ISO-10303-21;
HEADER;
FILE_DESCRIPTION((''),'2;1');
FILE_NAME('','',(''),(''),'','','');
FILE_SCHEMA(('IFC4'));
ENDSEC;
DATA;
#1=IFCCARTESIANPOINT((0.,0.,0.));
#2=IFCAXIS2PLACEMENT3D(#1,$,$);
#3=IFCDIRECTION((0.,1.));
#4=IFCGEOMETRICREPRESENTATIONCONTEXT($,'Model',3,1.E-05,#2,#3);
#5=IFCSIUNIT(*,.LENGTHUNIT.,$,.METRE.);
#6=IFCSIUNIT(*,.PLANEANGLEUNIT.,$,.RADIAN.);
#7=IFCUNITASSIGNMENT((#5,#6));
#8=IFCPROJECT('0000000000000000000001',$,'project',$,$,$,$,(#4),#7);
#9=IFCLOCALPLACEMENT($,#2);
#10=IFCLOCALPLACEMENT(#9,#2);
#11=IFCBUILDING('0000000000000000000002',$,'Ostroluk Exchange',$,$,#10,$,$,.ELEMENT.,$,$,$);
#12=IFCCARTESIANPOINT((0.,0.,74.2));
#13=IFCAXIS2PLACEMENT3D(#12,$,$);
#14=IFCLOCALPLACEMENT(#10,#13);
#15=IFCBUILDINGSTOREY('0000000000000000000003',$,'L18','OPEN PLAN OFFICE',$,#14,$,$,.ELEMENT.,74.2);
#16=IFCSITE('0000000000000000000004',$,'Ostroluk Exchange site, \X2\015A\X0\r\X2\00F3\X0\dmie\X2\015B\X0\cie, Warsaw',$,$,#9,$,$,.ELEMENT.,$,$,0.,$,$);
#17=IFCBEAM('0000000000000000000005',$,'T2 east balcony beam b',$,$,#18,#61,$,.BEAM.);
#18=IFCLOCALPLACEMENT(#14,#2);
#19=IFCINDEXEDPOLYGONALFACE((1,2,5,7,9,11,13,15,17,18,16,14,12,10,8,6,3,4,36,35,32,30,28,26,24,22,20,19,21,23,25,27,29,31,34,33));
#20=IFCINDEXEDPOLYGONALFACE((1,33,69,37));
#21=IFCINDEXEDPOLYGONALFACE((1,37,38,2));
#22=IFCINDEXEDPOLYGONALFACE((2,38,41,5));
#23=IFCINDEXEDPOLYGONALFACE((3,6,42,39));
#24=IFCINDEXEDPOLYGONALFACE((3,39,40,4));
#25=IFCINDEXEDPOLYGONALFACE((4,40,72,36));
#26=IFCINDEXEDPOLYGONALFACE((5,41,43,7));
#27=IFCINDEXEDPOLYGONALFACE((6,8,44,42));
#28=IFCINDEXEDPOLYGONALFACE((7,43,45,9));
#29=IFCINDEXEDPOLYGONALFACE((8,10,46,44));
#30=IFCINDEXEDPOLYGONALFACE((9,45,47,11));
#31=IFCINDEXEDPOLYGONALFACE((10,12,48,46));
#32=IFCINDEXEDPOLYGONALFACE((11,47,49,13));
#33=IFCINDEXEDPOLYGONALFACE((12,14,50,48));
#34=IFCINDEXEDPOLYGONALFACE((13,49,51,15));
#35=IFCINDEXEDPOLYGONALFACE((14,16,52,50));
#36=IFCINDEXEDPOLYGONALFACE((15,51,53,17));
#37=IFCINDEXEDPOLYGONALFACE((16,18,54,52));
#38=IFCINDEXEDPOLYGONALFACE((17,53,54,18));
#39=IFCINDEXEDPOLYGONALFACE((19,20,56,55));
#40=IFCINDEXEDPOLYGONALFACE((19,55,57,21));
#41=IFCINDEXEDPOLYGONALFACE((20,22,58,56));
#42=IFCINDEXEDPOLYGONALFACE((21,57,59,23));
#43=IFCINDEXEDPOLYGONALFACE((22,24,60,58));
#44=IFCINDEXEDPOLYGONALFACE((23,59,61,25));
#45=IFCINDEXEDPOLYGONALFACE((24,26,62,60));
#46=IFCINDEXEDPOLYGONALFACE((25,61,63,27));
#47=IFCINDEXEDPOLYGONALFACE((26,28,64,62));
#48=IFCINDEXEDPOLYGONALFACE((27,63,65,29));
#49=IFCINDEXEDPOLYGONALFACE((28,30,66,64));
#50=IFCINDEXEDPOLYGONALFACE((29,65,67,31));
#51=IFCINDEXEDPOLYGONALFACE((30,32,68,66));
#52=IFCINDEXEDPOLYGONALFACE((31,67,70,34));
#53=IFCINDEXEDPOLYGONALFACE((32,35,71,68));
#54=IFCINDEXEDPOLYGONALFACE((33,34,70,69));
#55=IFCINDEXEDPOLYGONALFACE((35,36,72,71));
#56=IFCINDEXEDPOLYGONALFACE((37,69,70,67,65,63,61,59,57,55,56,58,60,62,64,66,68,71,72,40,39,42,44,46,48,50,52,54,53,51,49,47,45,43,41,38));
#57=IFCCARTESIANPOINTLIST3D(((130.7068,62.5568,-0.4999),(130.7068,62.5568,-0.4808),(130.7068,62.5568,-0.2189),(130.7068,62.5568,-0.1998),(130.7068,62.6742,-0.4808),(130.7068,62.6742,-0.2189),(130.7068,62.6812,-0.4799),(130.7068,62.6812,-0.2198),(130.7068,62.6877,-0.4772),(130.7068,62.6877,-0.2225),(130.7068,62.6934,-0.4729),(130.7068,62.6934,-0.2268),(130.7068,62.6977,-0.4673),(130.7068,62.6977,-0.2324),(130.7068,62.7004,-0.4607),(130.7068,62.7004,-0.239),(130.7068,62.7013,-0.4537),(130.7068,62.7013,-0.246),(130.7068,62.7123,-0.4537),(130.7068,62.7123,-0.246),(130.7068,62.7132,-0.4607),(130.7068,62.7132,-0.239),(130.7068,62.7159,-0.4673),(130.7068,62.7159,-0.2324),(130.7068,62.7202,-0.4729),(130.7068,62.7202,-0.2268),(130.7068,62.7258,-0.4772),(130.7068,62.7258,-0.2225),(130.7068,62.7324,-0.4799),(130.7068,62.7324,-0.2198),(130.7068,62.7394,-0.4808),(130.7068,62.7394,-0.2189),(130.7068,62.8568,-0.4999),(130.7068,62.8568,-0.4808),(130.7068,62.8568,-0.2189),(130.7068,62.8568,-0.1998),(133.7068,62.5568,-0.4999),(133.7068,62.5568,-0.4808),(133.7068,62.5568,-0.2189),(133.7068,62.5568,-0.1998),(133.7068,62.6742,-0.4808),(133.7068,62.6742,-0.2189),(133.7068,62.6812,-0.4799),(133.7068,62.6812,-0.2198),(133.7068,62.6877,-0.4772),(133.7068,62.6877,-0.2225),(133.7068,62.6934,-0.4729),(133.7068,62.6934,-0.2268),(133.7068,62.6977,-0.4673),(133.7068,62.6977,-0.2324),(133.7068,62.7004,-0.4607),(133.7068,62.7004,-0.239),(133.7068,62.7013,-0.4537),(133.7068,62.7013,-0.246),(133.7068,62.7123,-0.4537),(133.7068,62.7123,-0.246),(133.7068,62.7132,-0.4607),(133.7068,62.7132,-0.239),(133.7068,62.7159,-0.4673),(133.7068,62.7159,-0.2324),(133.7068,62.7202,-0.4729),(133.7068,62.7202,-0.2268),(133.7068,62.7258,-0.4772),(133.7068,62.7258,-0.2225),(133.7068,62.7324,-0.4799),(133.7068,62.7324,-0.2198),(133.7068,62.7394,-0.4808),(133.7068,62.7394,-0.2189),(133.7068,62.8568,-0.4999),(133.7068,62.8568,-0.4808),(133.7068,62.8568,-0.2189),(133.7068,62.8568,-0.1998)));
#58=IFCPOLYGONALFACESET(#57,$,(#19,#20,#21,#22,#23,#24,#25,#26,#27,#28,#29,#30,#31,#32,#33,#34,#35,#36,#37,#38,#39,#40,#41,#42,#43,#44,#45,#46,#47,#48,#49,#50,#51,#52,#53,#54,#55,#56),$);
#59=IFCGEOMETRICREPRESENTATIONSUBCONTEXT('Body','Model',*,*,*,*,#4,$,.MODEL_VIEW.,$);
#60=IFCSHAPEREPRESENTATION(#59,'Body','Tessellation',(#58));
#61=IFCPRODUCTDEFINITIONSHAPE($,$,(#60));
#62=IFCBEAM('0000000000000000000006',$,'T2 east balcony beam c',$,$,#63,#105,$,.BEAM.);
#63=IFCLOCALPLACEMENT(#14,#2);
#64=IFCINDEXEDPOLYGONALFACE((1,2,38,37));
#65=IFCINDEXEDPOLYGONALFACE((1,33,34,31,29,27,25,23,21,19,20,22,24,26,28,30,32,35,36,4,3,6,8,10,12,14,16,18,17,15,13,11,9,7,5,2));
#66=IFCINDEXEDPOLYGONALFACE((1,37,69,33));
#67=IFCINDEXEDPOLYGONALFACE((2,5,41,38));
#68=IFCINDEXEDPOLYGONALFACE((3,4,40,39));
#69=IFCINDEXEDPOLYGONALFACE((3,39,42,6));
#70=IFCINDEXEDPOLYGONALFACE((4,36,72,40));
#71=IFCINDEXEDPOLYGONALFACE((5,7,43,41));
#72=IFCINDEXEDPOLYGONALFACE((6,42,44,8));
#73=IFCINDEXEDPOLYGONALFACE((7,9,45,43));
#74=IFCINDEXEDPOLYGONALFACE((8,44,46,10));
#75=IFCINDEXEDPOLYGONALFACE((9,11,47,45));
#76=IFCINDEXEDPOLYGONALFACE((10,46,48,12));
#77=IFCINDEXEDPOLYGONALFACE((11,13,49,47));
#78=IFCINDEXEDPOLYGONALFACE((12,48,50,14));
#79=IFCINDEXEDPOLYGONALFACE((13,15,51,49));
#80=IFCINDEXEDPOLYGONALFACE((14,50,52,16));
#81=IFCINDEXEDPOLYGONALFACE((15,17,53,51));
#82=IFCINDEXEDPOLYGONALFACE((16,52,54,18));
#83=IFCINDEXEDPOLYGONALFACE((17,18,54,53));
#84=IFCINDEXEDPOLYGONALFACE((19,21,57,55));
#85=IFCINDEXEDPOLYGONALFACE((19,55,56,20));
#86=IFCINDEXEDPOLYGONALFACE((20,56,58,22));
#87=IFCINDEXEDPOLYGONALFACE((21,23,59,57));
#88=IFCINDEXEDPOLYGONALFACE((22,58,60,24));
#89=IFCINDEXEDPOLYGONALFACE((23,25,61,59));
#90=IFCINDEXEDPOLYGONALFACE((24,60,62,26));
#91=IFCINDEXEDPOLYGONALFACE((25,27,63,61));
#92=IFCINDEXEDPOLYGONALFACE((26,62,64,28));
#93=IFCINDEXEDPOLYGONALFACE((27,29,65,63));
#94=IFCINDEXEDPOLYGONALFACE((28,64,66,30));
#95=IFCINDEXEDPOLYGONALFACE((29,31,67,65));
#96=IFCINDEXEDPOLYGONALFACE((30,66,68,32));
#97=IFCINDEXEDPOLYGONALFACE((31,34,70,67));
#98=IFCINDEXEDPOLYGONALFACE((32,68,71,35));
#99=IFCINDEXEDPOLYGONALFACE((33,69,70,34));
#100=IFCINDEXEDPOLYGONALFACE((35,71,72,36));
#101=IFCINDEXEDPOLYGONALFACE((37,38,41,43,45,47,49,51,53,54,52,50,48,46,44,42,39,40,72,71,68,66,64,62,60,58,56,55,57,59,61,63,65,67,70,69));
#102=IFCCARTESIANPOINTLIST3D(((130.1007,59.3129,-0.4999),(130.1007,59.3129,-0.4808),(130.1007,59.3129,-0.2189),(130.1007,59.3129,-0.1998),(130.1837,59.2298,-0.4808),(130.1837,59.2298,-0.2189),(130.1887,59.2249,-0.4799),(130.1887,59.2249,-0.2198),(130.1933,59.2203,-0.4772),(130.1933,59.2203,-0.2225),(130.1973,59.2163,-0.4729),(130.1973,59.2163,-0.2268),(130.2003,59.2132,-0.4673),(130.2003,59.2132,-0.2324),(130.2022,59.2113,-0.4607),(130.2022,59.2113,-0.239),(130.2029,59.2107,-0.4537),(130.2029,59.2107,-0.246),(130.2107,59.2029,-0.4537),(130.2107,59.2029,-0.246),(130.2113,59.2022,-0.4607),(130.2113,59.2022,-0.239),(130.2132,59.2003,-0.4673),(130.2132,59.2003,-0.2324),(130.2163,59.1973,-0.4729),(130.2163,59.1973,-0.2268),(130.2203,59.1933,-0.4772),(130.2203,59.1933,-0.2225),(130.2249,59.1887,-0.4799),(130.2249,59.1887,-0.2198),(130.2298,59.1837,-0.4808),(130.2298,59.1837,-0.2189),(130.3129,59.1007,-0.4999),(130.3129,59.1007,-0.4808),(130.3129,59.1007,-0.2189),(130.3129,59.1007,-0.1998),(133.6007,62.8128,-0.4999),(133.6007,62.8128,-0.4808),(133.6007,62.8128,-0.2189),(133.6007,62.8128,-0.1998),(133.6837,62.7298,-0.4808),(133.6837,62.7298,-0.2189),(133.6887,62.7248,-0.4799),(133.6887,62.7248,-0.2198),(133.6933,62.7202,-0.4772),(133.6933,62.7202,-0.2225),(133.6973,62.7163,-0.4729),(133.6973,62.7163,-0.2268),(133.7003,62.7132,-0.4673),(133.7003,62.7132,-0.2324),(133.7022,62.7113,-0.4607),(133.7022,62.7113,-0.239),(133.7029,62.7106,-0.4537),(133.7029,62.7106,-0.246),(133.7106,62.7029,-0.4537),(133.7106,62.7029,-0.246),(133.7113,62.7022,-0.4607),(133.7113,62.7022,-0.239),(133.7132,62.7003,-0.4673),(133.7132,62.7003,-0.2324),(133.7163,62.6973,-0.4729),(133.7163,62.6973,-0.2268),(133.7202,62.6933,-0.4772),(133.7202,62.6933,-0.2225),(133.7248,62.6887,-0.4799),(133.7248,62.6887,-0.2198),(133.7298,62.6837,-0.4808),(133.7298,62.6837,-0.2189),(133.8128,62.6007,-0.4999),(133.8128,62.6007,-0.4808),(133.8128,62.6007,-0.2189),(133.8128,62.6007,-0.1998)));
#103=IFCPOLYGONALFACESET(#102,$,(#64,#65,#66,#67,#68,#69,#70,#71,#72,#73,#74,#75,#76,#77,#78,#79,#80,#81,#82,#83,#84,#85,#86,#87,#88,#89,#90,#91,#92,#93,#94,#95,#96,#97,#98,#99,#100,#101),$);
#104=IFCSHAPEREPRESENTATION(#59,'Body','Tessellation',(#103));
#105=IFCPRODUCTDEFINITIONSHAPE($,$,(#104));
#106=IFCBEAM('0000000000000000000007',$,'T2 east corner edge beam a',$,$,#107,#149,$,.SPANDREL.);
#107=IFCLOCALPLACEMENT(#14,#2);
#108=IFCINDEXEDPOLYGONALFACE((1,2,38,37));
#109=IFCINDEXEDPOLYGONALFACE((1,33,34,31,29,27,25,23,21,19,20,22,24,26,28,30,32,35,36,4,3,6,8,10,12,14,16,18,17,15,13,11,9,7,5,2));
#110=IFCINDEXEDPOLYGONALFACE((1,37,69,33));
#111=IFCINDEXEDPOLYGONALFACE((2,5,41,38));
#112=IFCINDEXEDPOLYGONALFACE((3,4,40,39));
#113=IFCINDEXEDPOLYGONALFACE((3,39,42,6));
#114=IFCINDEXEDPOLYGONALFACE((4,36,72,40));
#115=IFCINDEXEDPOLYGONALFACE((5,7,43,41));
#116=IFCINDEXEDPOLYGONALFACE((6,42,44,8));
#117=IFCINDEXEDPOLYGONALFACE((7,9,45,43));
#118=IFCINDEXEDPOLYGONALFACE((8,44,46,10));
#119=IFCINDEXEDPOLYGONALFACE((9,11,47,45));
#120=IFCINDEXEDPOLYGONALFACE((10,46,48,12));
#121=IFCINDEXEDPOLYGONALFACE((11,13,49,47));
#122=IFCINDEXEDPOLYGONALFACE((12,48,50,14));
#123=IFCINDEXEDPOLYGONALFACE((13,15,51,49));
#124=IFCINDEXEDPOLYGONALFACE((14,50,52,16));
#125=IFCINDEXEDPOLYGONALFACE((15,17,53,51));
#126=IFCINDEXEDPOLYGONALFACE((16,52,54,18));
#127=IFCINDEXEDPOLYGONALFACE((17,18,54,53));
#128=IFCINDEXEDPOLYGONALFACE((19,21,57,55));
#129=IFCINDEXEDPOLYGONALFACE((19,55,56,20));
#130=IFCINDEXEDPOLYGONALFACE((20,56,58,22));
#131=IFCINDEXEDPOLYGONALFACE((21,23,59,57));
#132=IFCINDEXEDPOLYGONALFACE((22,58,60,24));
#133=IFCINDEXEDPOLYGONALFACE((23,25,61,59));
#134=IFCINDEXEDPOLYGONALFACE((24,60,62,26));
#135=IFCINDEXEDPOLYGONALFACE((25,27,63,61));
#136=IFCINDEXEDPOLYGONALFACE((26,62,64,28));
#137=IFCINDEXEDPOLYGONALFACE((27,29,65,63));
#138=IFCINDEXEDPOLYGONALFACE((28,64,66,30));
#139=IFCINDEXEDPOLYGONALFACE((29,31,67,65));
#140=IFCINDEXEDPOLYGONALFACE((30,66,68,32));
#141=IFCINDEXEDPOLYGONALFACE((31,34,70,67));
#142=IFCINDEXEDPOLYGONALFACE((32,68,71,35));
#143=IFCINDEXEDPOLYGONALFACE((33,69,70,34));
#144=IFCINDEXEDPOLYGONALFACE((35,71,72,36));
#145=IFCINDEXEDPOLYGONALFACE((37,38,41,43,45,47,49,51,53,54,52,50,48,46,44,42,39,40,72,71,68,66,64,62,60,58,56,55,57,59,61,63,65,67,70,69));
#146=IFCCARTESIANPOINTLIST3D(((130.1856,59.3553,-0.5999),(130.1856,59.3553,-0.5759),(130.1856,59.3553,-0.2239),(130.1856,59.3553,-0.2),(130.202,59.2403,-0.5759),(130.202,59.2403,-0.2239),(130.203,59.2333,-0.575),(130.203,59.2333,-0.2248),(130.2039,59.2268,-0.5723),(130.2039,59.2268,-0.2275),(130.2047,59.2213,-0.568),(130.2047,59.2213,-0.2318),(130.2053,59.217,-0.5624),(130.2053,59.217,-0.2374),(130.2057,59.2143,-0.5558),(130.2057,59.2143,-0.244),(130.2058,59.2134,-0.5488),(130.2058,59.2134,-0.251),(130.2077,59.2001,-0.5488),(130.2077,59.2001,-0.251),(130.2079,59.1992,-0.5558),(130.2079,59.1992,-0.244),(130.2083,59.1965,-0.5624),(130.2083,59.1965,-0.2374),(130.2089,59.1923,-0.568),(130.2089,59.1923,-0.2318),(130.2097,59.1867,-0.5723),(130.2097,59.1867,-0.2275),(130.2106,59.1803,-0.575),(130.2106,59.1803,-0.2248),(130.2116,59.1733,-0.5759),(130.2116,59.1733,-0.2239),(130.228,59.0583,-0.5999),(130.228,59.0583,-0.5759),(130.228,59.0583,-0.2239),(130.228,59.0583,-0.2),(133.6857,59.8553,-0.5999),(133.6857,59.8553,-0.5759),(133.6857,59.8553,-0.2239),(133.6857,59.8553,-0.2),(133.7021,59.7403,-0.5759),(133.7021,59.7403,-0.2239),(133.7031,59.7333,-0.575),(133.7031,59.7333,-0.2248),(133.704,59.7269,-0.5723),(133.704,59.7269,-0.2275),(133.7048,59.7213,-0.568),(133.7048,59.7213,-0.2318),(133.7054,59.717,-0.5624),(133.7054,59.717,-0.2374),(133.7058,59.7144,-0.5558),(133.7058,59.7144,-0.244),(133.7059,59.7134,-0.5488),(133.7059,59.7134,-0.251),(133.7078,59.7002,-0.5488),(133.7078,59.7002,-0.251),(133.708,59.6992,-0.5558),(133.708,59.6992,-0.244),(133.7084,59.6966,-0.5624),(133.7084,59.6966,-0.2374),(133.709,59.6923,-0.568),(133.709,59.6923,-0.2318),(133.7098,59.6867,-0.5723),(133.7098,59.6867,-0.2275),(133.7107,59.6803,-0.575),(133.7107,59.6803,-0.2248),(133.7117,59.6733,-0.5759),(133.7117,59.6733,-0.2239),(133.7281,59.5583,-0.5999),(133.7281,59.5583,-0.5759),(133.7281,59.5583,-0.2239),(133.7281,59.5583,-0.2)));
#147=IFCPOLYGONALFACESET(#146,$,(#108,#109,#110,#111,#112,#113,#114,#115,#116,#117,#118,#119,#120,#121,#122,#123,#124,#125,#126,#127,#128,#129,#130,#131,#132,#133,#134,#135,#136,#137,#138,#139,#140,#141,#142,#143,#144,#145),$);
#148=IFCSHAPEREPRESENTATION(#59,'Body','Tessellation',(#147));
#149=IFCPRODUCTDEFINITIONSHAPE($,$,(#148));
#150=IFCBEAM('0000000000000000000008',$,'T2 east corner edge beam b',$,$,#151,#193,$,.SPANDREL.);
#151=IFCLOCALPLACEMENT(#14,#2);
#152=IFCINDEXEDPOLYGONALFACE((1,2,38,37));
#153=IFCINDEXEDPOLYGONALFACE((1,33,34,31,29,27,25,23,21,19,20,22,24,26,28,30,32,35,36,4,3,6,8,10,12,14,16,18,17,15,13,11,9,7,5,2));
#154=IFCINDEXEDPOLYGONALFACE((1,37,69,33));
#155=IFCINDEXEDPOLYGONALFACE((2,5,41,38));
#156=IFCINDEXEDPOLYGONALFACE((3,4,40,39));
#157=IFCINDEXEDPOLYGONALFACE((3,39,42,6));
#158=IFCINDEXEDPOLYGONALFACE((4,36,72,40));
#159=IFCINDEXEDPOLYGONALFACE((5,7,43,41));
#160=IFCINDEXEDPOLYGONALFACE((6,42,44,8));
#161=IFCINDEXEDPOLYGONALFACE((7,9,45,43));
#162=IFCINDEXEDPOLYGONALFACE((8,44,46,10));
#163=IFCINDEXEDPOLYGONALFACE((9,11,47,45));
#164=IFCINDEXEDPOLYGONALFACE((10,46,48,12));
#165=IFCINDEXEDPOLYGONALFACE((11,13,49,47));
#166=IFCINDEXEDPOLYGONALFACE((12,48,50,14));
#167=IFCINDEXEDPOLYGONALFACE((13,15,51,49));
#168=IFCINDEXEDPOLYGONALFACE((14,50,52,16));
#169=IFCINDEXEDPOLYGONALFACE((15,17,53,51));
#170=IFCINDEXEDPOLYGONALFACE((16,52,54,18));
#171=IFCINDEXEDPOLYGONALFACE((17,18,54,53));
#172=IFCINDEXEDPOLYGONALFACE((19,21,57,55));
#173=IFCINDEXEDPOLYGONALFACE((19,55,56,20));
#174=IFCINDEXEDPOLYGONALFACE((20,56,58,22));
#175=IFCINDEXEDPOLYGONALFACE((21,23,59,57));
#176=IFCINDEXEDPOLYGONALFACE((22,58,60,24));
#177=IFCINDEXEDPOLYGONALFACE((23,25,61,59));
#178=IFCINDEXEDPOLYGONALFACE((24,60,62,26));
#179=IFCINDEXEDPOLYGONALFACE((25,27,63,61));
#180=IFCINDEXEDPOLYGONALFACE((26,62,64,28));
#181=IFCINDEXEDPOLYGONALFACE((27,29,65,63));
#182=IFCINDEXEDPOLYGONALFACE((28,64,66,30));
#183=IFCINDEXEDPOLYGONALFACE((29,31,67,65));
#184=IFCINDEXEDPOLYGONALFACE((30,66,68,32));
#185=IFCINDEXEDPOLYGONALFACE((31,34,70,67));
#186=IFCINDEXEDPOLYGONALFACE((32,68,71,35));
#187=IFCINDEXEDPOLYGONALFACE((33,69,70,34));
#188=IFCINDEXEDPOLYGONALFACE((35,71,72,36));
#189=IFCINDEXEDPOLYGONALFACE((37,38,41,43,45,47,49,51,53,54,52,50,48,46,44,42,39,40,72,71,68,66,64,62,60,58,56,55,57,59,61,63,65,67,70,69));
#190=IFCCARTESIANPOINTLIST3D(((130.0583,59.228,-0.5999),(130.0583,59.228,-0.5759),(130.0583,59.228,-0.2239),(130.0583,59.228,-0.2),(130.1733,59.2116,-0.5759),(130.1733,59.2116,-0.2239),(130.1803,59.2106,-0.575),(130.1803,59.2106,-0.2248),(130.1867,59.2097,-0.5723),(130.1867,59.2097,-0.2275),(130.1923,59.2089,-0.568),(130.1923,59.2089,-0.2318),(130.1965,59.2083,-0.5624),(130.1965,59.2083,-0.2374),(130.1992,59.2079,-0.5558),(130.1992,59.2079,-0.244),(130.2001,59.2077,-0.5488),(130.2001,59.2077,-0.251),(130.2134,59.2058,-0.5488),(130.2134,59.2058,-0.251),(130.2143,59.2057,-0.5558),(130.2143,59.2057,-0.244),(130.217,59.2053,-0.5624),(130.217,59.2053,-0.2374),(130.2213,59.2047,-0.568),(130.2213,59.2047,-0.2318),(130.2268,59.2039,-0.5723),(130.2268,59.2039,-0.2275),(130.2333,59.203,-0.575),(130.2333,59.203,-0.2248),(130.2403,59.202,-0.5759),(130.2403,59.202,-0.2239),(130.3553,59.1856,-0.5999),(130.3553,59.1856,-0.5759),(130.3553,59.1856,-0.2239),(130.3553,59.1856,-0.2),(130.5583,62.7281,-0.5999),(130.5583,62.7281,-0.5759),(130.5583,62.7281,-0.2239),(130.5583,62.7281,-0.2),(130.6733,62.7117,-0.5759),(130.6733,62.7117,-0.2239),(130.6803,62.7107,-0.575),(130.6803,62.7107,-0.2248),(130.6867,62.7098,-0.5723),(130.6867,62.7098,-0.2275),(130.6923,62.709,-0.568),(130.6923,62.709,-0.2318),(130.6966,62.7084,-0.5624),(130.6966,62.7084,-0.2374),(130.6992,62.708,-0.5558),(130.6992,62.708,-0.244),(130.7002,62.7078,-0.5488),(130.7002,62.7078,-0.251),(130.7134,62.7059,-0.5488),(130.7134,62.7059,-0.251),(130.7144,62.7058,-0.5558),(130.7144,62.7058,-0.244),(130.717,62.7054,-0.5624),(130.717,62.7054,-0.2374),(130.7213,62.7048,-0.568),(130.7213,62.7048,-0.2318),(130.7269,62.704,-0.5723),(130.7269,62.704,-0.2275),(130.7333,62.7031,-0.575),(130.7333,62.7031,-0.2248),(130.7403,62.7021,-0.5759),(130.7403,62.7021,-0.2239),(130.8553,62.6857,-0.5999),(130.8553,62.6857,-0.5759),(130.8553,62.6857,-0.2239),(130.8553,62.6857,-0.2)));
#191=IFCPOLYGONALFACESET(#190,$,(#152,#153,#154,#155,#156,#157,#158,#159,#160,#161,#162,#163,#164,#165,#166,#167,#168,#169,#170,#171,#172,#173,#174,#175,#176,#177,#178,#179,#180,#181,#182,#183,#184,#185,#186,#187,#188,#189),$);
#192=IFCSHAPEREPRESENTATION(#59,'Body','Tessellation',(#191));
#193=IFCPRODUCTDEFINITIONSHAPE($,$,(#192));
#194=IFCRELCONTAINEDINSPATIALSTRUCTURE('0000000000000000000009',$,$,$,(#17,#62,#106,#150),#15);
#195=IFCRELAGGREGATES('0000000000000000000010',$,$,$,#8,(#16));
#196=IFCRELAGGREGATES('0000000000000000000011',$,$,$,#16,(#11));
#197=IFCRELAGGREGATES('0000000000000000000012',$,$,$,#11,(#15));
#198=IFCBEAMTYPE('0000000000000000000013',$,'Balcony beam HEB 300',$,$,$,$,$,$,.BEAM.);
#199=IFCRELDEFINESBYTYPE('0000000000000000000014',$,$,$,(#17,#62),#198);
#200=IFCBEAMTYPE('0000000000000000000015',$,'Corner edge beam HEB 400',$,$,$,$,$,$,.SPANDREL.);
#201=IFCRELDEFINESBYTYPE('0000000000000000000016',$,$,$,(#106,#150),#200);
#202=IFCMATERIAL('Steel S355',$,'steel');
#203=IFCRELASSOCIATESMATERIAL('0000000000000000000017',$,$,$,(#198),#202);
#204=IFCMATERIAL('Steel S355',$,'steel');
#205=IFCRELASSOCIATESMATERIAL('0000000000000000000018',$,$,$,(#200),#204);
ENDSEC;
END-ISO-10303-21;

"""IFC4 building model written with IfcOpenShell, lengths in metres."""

from ifc_helpers import new_model, si_unit, direction, frame, origin, origin_2d, place, context, subcontext, project, spatial, i_section, extrude, material, material_profile, profile_set, type_object, element, save


model = new_model("IFC4")

# Units and contexts
model_context = context("Model", 3, precision=1e-05, world=origin(), true_north=direction((0.0, 1.0)))
body_context = subcontext(model_context, "Body", "Model", "MODEL_VIEW")
ifc_project = project(units=[si_unit("LENGTHUNIT", "METRE"), si_unit("PLANEANGLEUNIT", "RADIAN")], contexts=[model_context])

# Site, building, storey
site_placement = place(None, origin())
site = spatial("IfcSite", under=ifc_project, at=site_placement, Name="Ostroluk Exchange site, Śródmieście, Warsaw", CompositionType="ELEMENT", RefElevation=0.0)
building_placement = place(site_placement, origin())
building = spatial("IfcBuilding", under=site, at=building_placement, Name="Ostroluk Exchange", CompositionType="ELEMENT")
storey_placement = place(building_placement, frame((0.0, 0.0, 74.2)))
storey = spatial("IfcBuildingStorey", under=building, at=storey_placement, Name="L18", Description="OPEN PLAN OFFICE", CompositionType="ELEMENT", Elevation=74.2)

# Beams
ifc_material_1 = material(Name="Steel S355", Category="steel")
ifc_material_profile_1 = material_profile(ifc_material_1, i_section(OverallWidth=0.3, OverallDepth=0.3, WebThickness=0.011, FlangeThickness=0.019, FilletRadius=0.0271, at=origin_2d()), Name="HEB 300")
ifc_profile_set_1 = profile_set([ifc_material_profile_1], Name="Steel S355")
beam_type_1 = type_object("IfcBeamType", Name="Balcony beam HEB 300", PredefinedType="BEAM", material=ifc_profile_set_1)
for number, where, z_axis, x_axis, name in (
    (1, (130.7068, 62.7068, -0.3499), (1.0, 0.0, 0.0), (0.0, 1.0, 0.0), "T2 east balcony beam b"),
):
    element("IfcBeam", number, at=place(storey_placement, frame(where, z_axis=z_axis, x_axis=x_axis)), inside=storey, type_object=beam_type_1, Name=name, PredefinedType="BEAM", context=body_context, shape_type="SweptSolid", body=[
        extrude(i_section(OverallWidth=0.3, OverallDepth=0.3, WebThickness=0.011, FlangeThickness=0.019, FilletRadius=0.0271, at=origin_2d()), origin(), (0.0, 0.0, 1.0), 3.0),
    ])
beam_1_placement = place(storey_placement, frame((130.2068, 59.2068, -0.3499), z_axis=(0.707107, 0.707107, 0.0), x_axis=(-0.707107, 0.707107, 0.0)))
element("IfcBeam", 2, at=beam_1_placement, inside=storey, type_object=beam_type_1, Name="T2 east balcony beam c", PredefinedType="BEAM", context=body_context, shape_type="SweptSolid", body=[
    extrude(i_section(OverallWidth=0.3, OverallDepth=0.3, WebThickness=0.011, FlangeThickness=0.019, FilletRadius=0.0271, at=origin_2d()), origin(), (0.0, 0.0, 1.0), 4.9497),
])
ifc_material_2 = material(Name="Steel S355", Category="steel")
ifc_material_profile_2 = material_profile(ifc_material_2, i_section(OverallWidth=0.3, OverallDepth=0.3999, WebThickness=0.0134, FlangeThickness=0.0239, FilletRadius=0.0271, at=origin_2d()), Name="HEB 400")
ifc_profile_set_2 = profile_set([ifc_material_profile_2], Name="Steel S355")
beam_type_2 = type_object("IfcBeamType", Name="Corner edge beam HEB 400", PredefinedType="SPANDREL", material=ifc_profile_set_2)
for number, where, z_axis, x_axis, name in (
    (3, (130.2068, 59.2068, -0.3999), (0.989949, 0.141421, 0.0), (-0.141421, 0.989949, 0.0), "T2 east corner edge beam a"),
    (4, (130.2068, 59.2068, -0.3999), (0.141421, 0.989949, 0.0), (-0.989949, 0.141421, 0.0), "T2 east corner edge beam b"),
):
    element("IfcBeam", number, at=place(storey_placement, frame(where, z_axis=z_axis, x_axis=x_axis)), inside=storey, type_object=beam_type_2, Name=name, PredefinedType="SPANDREL", context=body_context, shape_type="SweptSolid", body=[
        extrude(i_section(OverallWidth=0.3, OverallDepth=0.3999, WebThickness=0.0134, FlangeThickness=0.0239, FilletRadius=0.0271, at=origin_2d()), origin(), (0.0, 0.0, 1.0), 3.5356),
    ])

save(model, "model.ifc")
